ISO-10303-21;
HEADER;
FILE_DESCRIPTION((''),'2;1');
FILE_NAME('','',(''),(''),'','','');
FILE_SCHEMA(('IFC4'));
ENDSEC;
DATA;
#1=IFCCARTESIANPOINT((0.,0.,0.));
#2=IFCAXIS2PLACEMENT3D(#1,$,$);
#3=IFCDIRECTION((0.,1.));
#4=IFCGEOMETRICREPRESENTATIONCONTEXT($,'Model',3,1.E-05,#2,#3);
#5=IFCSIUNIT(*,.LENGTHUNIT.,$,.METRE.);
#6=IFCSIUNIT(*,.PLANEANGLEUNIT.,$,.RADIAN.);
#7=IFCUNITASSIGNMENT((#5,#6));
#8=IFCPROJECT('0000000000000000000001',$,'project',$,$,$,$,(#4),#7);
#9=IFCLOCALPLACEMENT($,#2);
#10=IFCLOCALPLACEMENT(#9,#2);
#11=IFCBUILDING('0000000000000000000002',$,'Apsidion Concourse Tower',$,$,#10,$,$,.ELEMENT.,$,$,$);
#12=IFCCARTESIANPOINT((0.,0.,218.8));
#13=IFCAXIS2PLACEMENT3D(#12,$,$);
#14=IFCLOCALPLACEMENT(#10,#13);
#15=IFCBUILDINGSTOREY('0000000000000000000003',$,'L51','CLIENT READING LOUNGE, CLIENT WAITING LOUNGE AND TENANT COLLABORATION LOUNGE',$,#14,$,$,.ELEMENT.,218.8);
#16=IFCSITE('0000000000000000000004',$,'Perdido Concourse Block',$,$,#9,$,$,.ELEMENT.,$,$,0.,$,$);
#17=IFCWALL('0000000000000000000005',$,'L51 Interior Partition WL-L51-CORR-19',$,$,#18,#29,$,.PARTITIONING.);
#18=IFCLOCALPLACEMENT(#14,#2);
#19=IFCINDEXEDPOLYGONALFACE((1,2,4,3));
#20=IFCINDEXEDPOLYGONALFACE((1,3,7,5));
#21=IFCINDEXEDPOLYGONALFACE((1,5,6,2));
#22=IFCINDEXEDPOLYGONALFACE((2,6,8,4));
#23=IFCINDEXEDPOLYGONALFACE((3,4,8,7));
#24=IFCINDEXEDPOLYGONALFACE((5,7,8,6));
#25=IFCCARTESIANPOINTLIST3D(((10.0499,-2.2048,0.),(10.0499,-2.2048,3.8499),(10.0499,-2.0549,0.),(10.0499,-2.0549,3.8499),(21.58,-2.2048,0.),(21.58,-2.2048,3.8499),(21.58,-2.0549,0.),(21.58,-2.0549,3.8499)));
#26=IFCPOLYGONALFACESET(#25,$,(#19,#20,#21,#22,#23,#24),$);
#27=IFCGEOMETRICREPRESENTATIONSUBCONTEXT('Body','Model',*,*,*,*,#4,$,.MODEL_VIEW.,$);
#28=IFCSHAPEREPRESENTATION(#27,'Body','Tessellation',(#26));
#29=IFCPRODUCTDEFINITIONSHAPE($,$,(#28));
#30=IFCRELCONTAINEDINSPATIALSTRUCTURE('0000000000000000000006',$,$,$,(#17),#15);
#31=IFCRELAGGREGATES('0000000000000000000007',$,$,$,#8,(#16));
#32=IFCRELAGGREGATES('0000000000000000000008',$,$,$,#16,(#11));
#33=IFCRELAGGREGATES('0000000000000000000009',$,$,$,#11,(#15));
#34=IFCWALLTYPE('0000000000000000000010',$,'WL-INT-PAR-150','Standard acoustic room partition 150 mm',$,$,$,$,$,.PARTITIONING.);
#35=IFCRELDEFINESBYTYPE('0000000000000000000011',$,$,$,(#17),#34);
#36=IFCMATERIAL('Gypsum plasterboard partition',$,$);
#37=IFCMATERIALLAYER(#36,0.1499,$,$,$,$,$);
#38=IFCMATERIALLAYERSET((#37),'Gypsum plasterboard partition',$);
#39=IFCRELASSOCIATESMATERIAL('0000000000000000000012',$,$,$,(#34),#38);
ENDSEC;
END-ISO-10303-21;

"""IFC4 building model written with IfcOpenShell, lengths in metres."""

from ifc_helpers import new_model, si_unit, direction, frame, frame_2d, origin, place, context, subcontext, project, spatial, rectangle, extrude, material, layer, layer_set, type_object, element, save


model = new_model("IFC4")

# Units and contexts
model_context = context("Model", 3, precision=1e-05, world=origin(), true_north=direction((0.0, 1.0)))
body_context = subcontext(model_context, "Body", "Model", "MODEL_VIEW")
ifc_project = project(units=[si_unit("LENGTHUNIT", "METRE"), si_unit("PLANEANGLEUNIT", "RADIAN")], contexts=[model_context])

# Site, building, storey
site_placement = place(None, origin())
site = spatial("IfcSite", under=ifc_project, at=site_placement, Name="Perdido Concourse Block", CompositionType="ELEMENT", RefElevation=0.0)
building_placement = place(site_placement, origin())
building = spatial("IfcBuilding", under=site, at=building_placement, Name="Apsidion Concourse Tower", CompositionType="ELEMENT")
storey_placement = place(building_placement, frame((0.0, 0.0, 218.8)))
storey = spatial("IfcBuildingStorey", under=building, at=storey_placement, Name="L51", Description="CLIENT READING LOUNGE, CLIENT WAITING LOUNGE AND TENANT COLLABORATION LOUNGE", CompositionType="ELEMENT", Elevation=218.8)

# Wall
ifc_material_1 = material(Name="Gypsum plasterboard partition")
ifc_layer_1 = layer(ifc_material_1, 0.1499)
ifc_layer_set_1 = layer_set([ifc_layer_1], Name="Gypsum plasterboard partition")
wall_type_1 = type_object("IfcWallType", Name="WL-INT-PAR-150", Description="Standard acoustic room partition 150 mm", PredefinedType="PARTITIONING", material=ifc_layer_set_1)
wall_1_placement = place(storey_placement, frame((21.5801, -2.1299, 0.0), z_axis=(0.0, 0.0, 1.0), x_axis=(-1.0, 0.0, 0.0)))
element("IfcWall", 1, at=wall_1_placement, inside=storey, type_object=wall_type_1, Name="L51 Interior Partition WL-L51-CORR-19", PredefinedType="PARTITIONING", context=body_context, shape_type="SweptSolid", body=[
    extrude(rectangle(XDim=11.53, YDim=0.1499, at=frame_2d((5.7651, 0.0))), origin(), (0.0, 0.0, 1.0), 3.8499),
])

save(model, "model.ifc")
